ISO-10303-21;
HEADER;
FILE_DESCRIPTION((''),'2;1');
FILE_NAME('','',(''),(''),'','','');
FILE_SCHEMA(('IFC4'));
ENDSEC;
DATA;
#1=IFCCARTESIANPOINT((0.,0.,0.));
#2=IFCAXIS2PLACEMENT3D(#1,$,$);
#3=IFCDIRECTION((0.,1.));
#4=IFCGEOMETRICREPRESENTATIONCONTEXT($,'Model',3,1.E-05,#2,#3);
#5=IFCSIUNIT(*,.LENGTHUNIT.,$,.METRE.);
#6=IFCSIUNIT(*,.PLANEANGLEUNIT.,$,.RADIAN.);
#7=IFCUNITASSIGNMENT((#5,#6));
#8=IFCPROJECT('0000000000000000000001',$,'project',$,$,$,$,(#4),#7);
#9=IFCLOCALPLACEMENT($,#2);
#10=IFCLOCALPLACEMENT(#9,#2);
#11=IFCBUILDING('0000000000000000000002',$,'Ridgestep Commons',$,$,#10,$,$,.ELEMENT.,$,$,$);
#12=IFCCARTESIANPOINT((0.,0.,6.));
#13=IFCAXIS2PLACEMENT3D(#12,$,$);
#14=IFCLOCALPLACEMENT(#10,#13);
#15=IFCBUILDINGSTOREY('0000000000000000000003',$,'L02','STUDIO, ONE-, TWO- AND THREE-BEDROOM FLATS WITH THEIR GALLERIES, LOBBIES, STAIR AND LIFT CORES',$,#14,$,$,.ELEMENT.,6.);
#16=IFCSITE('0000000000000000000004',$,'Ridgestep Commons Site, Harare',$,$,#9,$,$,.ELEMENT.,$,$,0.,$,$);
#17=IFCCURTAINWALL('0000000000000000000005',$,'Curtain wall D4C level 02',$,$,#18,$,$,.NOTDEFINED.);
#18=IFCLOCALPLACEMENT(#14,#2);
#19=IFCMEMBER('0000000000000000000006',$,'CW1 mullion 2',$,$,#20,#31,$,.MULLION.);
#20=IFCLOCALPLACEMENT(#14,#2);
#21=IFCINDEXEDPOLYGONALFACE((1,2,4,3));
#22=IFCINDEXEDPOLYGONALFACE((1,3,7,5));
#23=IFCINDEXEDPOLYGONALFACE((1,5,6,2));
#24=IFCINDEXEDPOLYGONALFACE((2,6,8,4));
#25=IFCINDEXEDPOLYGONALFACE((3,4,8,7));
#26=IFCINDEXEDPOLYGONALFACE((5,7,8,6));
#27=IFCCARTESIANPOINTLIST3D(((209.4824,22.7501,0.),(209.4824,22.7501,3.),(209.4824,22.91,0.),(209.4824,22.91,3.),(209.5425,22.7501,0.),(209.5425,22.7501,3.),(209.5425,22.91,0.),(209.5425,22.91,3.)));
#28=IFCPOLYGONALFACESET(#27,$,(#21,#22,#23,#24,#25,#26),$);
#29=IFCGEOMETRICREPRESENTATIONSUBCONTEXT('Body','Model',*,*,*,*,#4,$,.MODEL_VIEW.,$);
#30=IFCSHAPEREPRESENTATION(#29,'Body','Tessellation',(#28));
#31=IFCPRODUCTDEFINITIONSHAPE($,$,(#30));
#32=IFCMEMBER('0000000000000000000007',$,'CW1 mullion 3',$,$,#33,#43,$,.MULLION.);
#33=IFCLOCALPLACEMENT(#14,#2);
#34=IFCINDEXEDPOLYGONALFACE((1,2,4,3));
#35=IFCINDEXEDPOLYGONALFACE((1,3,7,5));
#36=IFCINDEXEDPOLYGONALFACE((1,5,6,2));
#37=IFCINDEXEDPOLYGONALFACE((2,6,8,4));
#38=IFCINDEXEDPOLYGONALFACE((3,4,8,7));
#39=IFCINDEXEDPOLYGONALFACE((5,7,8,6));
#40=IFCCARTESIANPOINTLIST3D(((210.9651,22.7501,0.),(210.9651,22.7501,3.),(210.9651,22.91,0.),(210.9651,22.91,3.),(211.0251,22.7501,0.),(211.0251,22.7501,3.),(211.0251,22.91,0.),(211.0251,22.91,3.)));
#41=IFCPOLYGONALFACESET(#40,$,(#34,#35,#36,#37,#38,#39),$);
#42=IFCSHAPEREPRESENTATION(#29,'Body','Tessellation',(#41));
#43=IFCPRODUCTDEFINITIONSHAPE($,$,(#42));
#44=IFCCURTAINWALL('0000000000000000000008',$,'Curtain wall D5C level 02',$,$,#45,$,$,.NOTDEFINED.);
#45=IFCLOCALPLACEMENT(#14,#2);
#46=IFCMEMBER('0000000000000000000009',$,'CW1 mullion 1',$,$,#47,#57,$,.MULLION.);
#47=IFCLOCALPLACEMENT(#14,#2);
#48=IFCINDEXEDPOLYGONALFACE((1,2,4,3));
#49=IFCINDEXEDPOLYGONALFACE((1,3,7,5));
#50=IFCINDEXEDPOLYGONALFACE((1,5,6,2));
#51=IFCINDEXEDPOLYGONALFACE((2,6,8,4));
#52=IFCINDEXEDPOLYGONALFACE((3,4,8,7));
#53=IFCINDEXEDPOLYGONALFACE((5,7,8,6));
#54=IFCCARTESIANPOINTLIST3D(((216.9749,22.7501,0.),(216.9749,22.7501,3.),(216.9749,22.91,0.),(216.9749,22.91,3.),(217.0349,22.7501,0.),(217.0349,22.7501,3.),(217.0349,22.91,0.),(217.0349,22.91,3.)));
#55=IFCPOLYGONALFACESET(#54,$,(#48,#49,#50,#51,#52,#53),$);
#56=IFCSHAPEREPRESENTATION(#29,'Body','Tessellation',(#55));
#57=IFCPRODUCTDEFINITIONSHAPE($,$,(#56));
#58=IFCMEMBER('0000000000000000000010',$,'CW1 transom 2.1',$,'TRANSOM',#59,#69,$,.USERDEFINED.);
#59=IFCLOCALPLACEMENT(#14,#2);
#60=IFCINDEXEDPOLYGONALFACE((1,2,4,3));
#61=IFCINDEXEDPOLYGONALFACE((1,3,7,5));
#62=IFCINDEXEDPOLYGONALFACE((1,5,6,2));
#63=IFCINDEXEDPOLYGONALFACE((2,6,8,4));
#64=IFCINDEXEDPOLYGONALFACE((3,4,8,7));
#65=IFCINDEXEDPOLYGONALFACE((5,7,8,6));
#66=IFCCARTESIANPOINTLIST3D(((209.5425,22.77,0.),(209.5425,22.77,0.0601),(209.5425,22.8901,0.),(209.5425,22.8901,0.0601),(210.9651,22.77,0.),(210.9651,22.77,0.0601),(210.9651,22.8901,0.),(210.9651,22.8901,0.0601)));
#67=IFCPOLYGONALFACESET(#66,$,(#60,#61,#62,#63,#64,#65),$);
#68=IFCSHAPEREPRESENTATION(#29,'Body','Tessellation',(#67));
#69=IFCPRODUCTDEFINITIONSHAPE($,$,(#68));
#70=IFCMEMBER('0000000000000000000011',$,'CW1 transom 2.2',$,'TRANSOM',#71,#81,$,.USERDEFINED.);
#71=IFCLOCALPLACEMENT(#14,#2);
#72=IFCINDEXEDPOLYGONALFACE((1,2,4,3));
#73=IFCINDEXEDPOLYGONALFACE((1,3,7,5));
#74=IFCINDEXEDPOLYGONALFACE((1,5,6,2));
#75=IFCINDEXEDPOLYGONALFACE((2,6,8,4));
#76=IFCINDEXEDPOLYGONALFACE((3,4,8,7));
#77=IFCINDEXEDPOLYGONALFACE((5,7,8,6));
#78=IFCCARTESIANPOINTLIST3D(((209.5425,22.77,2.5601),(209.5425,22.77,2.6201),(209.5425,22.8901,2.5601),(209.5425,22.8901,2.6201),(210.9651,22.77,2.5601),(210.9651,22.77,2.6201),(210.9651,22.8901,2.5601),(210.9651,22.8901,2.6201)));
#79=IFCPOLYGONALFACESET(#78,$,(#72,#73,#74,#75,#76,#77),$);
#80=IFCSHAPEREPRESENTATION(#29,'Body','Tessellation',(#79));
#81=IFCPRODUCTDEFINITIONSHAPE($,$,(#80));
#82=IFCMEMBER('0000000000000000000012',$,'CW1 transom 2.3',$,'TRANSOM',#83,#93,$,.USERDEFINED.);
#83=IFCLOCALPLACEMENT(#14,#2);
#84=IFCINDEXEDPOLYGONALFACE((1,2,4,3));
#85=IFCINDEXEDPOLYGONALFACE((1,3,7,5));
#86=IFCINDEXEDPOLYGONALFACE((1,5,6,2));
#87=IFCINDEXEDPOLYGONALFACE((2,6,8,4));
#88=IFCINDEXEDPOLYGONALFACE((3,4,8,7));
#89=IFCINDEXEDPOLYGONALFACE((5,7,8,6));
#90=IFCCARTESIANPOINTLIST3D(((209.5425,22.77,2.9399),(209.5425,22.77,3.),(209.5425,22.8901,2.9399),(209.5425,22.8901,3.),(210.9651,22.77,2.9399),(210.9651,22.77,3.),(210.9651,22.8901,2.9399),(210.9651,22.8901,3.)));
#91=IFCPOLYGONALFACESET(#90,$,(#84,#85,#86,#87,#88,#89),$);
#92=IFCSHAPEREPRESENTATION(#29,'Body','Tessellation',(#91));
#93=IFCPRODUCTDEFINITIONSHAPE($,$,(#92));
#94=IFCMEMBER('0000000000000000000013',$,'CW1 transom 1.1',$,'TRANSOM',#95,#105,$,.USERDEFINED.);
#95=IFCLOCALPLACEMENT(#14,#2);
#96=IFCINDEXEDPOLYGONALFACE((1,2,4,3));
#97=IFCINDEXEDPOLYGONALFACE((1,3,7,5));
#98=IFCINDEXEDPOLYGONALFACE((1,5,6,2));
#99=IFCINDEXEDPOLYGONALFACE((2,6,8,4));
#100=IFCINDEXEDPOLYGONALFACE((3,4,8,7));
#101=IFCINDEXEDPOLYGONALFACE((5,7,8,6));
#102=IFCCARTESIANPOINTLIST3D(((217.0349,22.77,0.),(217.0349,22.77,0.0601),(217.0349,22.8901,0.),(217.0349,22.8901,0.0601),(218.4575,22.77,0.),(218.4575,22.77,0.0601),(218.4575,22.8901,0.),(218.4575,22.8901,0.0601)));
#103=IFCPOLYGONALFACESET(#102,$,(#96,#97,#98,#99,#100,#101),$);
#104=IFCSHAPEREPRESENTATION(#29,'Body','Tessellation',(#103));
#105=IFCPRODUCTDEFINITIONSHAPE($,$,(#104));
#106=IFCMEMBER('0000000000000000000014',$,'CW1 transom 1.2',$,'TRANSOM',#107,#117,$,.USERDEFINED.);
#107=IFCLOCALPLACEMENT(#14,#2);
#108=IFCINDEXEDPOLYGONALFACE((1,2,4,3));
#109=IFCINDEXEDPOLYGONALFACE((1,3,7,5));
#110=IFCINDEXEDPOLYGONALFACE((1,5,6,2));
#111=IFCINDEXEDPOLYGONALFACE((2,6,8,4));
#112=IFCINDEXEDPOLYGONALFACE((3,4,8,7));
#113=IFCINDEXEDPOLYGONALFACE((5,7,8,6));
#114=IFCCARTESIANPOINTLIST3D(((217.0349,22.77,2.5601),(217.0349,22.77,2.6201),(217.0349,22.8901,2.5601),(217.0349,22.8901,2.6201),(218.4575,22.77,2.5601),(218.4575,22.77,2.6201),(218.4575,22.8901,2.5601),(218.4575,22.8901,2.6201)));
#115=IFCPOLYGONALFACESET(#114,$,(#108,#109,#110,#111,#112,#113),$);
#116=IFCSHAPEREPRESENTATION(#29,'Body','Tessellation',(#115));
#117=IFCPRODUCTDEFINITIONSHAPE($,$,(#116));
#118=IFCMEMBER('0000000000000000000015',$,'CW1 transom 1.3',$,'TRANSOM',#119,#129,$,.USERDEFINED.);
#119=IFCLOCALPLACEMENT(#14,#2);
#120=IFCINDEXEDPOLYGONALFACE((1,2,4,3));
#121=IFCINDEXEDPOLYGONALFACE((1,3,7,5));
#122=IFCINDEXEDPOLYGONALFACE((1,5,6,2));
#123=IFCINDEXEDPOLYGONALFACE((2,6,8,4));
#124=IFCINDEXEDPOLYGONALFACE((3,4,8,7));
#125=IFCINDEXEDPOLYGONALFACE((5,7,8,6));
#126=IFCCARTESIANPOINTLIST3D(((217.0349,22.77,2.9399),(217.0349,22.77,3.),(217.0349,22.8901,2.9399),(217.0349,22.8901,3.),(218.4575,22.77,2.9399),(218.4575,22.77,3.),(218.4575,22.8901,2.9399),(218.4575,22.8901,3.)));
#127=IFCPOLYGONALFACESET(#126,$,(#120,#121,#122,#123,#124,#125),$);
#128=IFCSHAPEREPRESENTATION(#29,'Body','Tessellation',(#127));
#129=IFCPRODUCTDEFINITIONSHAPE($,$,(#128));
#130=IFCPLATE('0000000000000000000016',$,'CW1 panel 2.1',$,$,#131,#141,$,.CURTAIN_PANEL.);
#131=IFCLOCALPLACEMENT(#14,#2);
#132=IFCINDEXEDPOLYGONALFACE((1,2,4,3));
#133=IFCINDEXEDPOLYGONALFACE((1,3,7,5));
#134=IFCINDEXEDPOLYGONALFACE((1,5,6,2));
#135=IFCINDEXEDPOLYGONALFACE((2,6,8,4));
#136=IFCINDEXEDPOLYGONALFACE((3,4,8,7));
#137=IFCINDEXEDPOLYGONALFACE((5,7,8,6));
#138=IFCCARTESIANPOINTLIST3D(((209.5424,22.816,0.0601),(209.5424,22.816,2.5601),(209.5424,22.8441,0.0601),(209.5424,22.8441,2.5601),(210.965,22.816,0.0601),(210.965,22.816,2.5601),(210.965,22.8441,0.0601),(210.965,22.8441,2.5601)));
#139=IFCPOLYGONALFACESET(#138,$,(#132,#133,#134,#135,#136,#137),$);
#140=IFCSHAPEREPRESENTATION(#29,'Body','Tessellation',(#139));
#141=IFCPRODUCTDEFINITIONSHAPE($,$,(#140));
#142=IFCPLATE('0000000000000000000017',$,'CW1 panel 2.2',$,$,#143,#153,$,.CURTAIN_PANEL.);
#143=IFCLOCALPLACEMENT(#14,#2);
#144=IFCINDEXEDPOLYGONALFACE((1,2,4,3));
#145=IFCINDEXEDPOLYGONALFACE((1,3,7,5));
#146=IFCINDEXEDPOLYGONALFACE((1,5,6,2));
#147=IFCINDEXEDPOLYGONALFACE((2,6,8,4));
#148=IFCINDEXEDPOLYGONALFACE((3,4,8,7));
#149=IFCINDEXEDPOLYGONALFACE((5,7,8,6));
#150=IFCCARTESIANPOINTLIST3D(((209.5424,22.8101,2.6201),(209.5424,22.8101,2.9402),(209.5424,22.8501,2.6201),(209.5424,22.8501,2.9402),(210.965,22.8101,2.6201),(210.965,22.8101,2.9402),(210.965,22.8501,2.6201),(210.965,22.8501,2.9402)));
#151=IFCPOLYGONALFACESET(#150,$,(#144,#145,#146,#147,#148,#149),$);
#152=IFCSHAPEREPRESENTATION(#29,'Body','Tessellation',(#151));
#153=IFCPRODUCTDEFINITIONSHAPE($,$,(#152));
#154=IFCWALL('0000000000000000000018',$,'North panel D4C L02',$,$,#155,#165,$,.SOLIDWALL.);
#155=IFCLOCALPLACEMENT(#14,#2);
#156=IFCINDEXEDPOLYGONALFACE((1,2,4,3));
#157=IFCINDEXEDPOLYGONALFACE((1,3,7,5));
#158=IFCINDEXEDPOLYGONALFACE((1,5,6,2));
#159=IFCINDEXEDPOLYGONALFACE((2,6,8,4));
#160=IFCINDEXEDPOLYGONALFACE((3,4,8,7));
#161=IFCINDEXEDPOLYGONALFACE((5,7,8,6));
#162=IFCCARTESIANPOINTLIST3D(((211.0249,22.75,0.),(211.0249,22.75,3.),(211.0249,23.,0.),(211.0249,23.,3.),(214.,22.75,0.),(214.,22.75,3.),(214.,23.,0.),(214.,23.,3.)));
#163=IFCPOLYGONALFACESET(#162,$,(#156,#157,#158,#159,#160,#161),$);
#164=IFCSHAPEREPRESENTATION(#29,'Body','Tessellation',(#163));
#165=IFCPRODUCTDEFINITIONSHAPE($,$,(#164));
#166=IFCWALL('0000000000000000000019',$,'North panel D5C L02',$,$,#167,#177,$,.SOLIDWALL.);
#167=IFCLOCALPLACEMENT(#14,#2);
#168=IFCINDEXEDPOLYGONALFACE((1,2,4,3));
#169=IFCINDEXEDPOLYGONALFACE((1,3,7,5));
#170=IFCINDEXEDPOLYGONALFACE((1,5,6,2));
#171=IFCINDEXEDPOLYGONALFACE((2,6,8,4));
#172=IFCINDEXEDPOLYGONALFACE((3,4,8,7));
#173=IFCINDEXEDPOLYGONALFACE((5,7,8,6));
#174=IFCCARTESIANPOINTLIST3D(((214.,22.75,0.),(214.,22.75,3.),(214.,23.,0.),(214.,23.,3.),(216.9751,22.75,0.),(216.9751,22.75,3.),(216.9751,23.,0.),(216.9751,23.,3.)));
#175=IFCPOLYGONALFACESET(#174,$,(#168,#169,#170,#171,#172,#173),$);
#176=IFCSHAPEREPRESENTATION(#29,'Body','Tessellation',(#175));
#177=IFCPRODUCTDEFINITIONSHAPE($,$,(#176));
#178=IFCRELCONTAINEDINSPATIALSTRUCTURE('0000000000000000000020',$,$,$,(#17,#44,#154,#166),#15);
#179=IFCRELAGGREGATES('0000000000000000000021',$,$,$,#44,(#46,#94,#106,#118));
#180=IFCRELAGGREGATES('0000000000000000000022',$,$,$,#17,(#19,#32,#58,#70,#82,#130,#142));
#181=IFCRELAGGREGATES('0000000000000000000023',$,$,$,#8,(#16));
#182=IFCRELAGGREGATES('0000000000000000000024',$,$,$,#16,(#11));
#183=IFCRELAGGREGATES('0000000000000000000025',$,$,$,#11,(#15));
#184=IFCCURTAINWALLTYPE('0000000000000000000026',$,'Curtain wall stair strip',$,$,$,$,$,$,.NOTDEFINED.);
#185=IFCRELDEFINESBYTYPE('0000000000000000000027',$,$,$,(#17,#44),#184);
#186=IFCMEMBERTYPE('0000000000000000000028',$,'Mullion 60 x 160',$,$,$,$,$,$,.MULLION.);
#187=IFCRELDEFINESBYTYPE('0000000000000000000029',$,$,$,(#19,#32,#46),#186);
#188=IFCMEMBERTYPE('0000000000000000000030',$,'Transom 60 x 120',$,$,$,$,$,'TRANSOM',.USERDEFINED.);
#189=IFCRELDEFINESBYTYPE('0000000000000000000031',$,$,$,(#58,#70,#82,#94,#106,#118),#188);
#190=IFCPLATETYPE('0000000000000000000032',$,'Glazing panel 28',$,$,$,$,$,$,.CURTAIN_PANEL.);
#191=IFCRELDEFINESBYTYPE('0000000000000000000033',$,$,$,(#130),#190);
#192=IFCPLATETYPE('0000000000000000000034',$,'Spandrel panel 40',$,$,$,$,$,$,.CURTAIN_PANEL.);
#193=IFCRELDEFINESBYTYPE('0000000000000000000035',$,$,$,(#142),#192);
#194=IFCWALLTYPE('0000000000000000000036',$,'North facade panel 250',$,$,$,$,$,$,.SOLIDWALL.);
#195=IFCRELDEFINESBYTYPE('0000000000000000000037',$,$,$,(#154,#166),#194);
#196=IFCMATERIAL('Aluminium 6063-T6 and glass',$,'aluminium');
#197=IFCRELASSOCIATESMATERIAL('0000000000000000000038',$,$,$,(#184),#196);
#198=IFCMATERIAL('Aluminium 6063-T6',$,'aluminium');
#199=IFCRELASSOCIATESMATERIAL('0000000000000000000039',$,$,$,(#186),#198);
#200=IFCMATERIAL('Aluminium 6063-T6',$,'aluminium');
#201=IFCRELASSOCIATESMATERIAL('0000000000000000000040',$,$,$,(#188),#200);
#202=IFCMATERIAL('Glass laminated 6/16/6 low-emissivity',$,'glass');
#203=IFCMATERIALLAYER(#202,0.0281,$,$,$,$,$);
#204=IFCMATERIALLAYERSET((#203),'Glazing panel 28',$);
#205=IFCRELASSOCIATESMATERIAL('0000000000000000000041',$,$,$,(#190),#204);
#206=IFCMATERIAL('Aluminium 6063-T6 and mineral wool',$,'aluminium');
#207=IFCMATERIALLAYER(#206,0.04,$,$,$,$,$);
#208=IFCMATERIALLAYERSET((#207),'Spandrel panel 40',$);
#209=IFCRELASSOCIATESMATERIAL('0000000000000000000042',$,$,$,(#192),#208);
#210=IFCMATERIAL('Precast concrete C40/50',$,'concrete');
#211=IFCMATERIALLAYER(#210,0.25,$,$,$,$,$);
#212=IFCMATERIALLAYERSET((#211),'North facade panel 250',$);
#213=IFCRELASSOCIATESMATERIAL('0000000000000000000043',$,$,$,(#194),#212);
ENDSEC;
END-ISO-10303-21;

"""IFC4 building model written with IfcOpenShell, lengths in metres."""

from ifc_helpers import new_model, si_unit, direction, frame, frame_2d, origin, origin_2d, place, context, subcontext, project, spatial, rectangle, extrude, material, layer, layer_set, material_profile, profile_set, type_object, element, aggregate, save


model = new_model("IFC4")

# Units and contexts
model_context = context("Model", 3, precision=1e-05, world=origin(), true_north=direction((0.0, 1.0)))
body_context = subcontext(model_context, "Body", "Model", "MODEL_VIEW")
ifc_project = project(units=[si_unit("LENGTHUNIT", "METRE"), si_unit("PLANEANGLEUNIT", "RADIAN")], contexts=[model_context])

# Site, building, storey
site_placement = place(None, origin())
site = spatial("IfcSite", under=ifc_project, at=site_placement, Name="Ridgestep Commons Site, Harare", CompositionType="ELEMENT", RefElevation=0.0)
building_placement = place(site_placement, origin())
building = spatial("IfcBuilding", under=site, at=building_placement, Name="Ridgestep Commons", CompositionType="ELEMENT")
storey_placement = place(building_placement, frame((0.0, 0.0, 6.0)))
storey = spatial("IfcBuildingStorey", under=building, at=storey_placement, Name="L02", Description="STUDIO, ONE-, TWO- AND THREE-BEDROOM FLATS WITH THEIR GALLERIES, LOBBIES, STAIR AND LIFT CORES", CompositionType="ELEMENT", Elevation=6.0)

# Curtain wall, members
ifc_material_1 = material(Name="Aluminium 6063-T6 and glass", Category="aluminium")
curtain_wall_type = type_object("IfcCurtainWallType", Name="Curtain wall stair strip", PredefinedType="NOTDEFINED", material=ifc_material_1)
curtain_wall_1_placement = place(storey_placement, origin())
curtain_wall_1 = element("IfcCurtainWall", 1, at=curtain_wall_1_placement, inside=storey, type_object=curtain_wall_type, Name="Curtain wall D4C level 02", PredefinedType="NOTDEFINED")
ifc_material_2 = material(Name="Aluminium 6063-T6", Category="aluminium")
ifc_material_profile_1 = material_profile(ifc_material_2, rectangle(XDim=0.1599, YDim=0.0601, at=origin_2d()), Name="Mullion 60 x 160")
ifc_profile_set_1 = profile_set([ifc_material_profile_1], Name="Aluminium 6063-T6")
member_type_1 = type_object("IfcMemberType", Name="Mullion 60 x 160", PredefinedType="MULLION", material=ifc_profile_set_1)
member_1_placement = place(storey_placement, frame((209.5125, 22.8301, 0.0), z_axis=(0.0, 0.0, 1.0), x_axis=(0.0, 1.0, 0.0)))
member_1 = element("IfcMember", 2, at=member_1_placement, type_object=member_type_1, Name="CW1 mullion 2", PredefinedType="MULLION", context=body_context, shape_type="SweptSolid", body=[
    extrude(rectangle(XDim=0.1599, YDim=0.0601, at=origin_2d()), origin(), (0.0, 0.0, 1.0), 3.0),
])
member_2_placement = place(storey_placement, frame((210.9951, 22.8301, 0.0), z_axis=(0.0, 0.0, 1.0), x_axis=(0.0, 1.0, 0.0)))
member_2 = element("IfcMember", 3, at=member_2_placement, type_object=member_type_1, Name="CW1 mullion 3", PredefinedType="MULLION", context=body_context, shape_type="SweptSolid", body=[
    extrude(rectangle(XDim=0.1599, YDim=0.0601, at=origin_2d()), origin(), (0.0, 0.0, 1.0), 3.0),
])

# Curtain wall, member
curtain_wall_2_placement = place(storey_placement, origin())
curtain_wall_2 = element("IfcCurtainWall", 4, at=curtain_wall_2_placement, inside=storey, type_object=curtain_wall_type, Name="Curtain wall D5C level 02", PredefinedType="NOTDEFINED")
member_3_placement = place(storey_placement, frame((217.0049, 22.8301, 0.0), z_axis=(0.0, 0.0, 1.0), x_axis=(0.0, 1.0, 0.0)))
member_3 = element("IfcMember", 5, at=member_3_placement, type_object=member_type_1, Name="CW1 mullion 1", PredefinedType="MULLION", context=body_context, shape_type="SweptSolid", body=[
    extrude(rectangle(XDim=0.1599, YDim=0.0601, at=origin_2d()), origin(), (0.0, 0.0, 1.0), 3.0),
])

# Members
ifc_material_3 = material(Name="Aluminium 6063-T6", Category="aluminium")
ifc_material_profile_2 = material_profile(ifc_material_3, rectangle(XDim=0.1201, YDim=0.0601, at=origin_2d()), Name="Transom 60 x 120")
ifc_profile_set_2 = profile_set([ifc_material_profile_2], Name="Aluminium 6063-T6")
member_type_2 = type_object("IfcMemberType", Name="Transom 60 x 120", ElementType="TRANSOM", PredefinedType="USERDEFINED", material=ifc_profile_set_2)
member_4_placement = place(storey_placement, frame((209.5425, 22.8301, 0.03), z_axis=(1.0, 0.0, 0.0), x_axis=(0.0, 1.0, 0.0)))
member_4 = element("IfcMember", 6, at=member_4_placement, type_object=member_type_2, Name="CW1 transom 2.1", ObjectType="TRANSOM", PredefinedType="USERDEFINED", context=body_context, shape_type="SweptSolid", body=[
    extrude(rectangle(XDim=0.1201, YDim=0.0601, at=origin_2d()), origin(), (0.0, 0.0, 1.0), 1.4226),
])
member_5_placement = place(storey_placement, frame((209.5425, 22.8301, 2.5901), z_axis=(1.0, 0.0, 0.0), x_axis=(0.0, 1.0, 0.0)))
member_5 = element("IfcMember", 7, at=member_5_placement, type_object=member_type_2, Name="CW1 transom 2.2", ObjectType="TRANSOM", PredefinedType="USERDEFINED", context=body_context, shape_type="SweptSolid", body=[
    extrude(rectangle(XDim=0.1201, YDim=0.0601, at=origin_2d()), origin(), (0.0, 0.0, 1.0), 1.4226),
])
member_6_placement = place(storey_placement, frame((209.5425, 22.8301, 2.97), z_axis=(1.0, 0.0, 0.0), x_axis=(0.0, 1.0, 0.0)))
member_6 = element("IfcMember", 8, at=member_6_placement, type_object=member_type_2, Name="CW1 transom 2.3", ObjectType="TRANSOM", PredefinedType="USERDEFINED", context=body_context, shape_type="SweptSolid", body=[
    extrude(rectangle(XDim=0.1201, YDim=0.0601, at=origin_2d()), origin(), (0.0, 0.0, 1.0), 1.4226),
])
member_7_placement = place(storey_placement, frame((217.0349, 22.8301, 0.03), z_axis=(1.0, 0.0, 0.0), x_axis=(0.0, 1.0, 0.0)))
member_7 = element("IfcMember", 9, at=member_7_placement, type_object=member_type_2, Name="CW1 transom 1.1", ObjectType="TRANSOM", PredefinedType="USERDEFINED", context=body_context, shape_type="SweptSolid", body=[
    extrude(rectangle(XDim=0.1201, YDim=0.0601, at=origin_2d()), origin(), (0.0, 0.0, 1.0), 1.4226),
])
member_8_placement = place(storey_placement, frame((217.0349, 22.8301, 2.5901), z_axis=(1.0, 0.0, 0.0), x_axis=(0.0, 1.0, 0.0)))
member_8 = element("IfcMember", 10, at=member_8_placement, type_object=member_type_2, Name="CW1 transom 1.2", ObjectType="TRANSOM", PredefinedType="USERDEFINED", context=body_context, shape_type="SweptSolid", body=[
    extrude(rectangle(XDim=0.1201, YDim=0.0601, at=origin_2d()), origin(), (0.0, 0.0, 1.0), 1.4226),
])
member_9_placement = place(storey_placement, frame((217.0349, 22.8301, 2.97), z_axis=(1.0, 0.0, 0.0), x_axis=(0.0, 1.0, 0.0)))
member_9 = element("IfcMember", 11, at=member_9_placement, type_object=member_type_2, Name="CW1 transom 1.3", ObjectType="TRANSOM", PredefinedType="USERDEFINED", context=body_context, shape_type="SweptSolid", body=[
    extrude(rectangle(XDim=0.1201, YDim=0.0601, at=origin_2d()), origin(), (0.0, 0.0, 1.0), 1.4226),
])
aggregate(curtain_wall_2, [member_3, member_7, member_8, member_9])

# Plates
ifc_material_4 = material(Name="Glass laminated 6/16/6 low-emissivity", Category="glass")
ifc_layer_1 = layer(ifc_material_4, 0.0281)
ifc_layer_set_1 = layer_set([ifc_layer_1], Name="Glazing panel 28")
plate_type_1 = type_object("IfcPlateType", Name="Glazing panel 28", PredefinedType="CURTAIN_PANEL", material=ifc_layer_set_1)
plate_1_placement = place(storey_placement, frame((210.2537, 22.8301, 0.0601), z_axis=(0.0, 0.0, 1.0), x_axis=(1.0, 0.0, 0.0)))
plate_1 = element("IfcPlate", 12, at=plate_1_placement, type_object=plate_type_1, Name="CW1 panel 2.1", PredefinedType="CURTAIN_PANEL", context=body_context, shape_type="SweptSolid", body=[
    extrude(rectangle(XDim=1.4226, YDim=0.0281, at=origin_2d()), origin(), (0.0, 0.0, 1.0), 2.5),
])
ifc_material_5 = material(Name="Aluminium 6063-T6 and mineral wool", Category="aluminium")
ifc_layer_2 = layer(ifc_material_5, 0.04)
ifc_layer_set_2 = layer_set([ifc_layer_2], Name="Spandrel panel 40")
plate_type_2 = type_object("IfcPlateType", Name="Spandrel panel 40", PredefinedType="CURTAIN_PANEL", material=ifc_layer_set_2)
plate_2_placement = place(storey_placement, frame((210.2537, 22.8301, 2.6201), z_axis=(0.0, 0.0, 1.0), x_axis=(1.0, 0.0, 0.0)))
plate_2 = element("IfcPlate", 13, at=plate_2_placement, type_object=plate_type_2, Name="CW1 panel 2.2", PredefinedType="CURTAIN_PANEL", context=body_context, shape_type="SweptSolid", body=[
    extrude(rectangle(XDim=1.4226, YDim=0.04, at=origin_2d()), origin(), (0.0, 0.0, 1.0), 0.3201),
])
aggregate(curtain_wall_1, [member_1, member_2, member_4, member_5, member_6, plate_1, plate_2])

# Walls
ifc_material_6 = material(Name="Precast concrete C40/50", Category="concrete")
ifc_layer_3 = layer(ifc_material_6, 0.25)
ifc_layer_set_3 = layer_set([ifc_layer_3], Name="North facade panel 250")
wall_type = type_object("IfcWallType", Name="North facade panel 250", PredefinedType="SOLIDWALL", material=ifc_layer_set_3)
for number, where, z_axis, x_axis, name in (
    (14, (211.0249, 22.875, 0.0), (0.0, 0.0, 1.0), (1.0, 0.0, 0.0), "North panel D4C L02"),
    (15, (214.0, 22.875, 0.0), (0.0, 0.0, 1.0), (1.0, 0.0, 0.0), "North panel D5C L02"),
):
    element("IfcWall", number, at=place(storey_placement, frame(where, z_axis=z_axis, x_axis=x_axis)), inside=storey, type_object=wall_type, Name=name, PredefinedType="SOLIDWALL", context=body_context, shape_type="SweptSolid", body=[
        extrude(rectangle(XDim=2.9751, YDim=0.25, at=frame_2d((1.4875, 0.0))), origin(), (0.0, 0.0, 1.0), 3.0),
    ])

save(model, "model.ifc")
